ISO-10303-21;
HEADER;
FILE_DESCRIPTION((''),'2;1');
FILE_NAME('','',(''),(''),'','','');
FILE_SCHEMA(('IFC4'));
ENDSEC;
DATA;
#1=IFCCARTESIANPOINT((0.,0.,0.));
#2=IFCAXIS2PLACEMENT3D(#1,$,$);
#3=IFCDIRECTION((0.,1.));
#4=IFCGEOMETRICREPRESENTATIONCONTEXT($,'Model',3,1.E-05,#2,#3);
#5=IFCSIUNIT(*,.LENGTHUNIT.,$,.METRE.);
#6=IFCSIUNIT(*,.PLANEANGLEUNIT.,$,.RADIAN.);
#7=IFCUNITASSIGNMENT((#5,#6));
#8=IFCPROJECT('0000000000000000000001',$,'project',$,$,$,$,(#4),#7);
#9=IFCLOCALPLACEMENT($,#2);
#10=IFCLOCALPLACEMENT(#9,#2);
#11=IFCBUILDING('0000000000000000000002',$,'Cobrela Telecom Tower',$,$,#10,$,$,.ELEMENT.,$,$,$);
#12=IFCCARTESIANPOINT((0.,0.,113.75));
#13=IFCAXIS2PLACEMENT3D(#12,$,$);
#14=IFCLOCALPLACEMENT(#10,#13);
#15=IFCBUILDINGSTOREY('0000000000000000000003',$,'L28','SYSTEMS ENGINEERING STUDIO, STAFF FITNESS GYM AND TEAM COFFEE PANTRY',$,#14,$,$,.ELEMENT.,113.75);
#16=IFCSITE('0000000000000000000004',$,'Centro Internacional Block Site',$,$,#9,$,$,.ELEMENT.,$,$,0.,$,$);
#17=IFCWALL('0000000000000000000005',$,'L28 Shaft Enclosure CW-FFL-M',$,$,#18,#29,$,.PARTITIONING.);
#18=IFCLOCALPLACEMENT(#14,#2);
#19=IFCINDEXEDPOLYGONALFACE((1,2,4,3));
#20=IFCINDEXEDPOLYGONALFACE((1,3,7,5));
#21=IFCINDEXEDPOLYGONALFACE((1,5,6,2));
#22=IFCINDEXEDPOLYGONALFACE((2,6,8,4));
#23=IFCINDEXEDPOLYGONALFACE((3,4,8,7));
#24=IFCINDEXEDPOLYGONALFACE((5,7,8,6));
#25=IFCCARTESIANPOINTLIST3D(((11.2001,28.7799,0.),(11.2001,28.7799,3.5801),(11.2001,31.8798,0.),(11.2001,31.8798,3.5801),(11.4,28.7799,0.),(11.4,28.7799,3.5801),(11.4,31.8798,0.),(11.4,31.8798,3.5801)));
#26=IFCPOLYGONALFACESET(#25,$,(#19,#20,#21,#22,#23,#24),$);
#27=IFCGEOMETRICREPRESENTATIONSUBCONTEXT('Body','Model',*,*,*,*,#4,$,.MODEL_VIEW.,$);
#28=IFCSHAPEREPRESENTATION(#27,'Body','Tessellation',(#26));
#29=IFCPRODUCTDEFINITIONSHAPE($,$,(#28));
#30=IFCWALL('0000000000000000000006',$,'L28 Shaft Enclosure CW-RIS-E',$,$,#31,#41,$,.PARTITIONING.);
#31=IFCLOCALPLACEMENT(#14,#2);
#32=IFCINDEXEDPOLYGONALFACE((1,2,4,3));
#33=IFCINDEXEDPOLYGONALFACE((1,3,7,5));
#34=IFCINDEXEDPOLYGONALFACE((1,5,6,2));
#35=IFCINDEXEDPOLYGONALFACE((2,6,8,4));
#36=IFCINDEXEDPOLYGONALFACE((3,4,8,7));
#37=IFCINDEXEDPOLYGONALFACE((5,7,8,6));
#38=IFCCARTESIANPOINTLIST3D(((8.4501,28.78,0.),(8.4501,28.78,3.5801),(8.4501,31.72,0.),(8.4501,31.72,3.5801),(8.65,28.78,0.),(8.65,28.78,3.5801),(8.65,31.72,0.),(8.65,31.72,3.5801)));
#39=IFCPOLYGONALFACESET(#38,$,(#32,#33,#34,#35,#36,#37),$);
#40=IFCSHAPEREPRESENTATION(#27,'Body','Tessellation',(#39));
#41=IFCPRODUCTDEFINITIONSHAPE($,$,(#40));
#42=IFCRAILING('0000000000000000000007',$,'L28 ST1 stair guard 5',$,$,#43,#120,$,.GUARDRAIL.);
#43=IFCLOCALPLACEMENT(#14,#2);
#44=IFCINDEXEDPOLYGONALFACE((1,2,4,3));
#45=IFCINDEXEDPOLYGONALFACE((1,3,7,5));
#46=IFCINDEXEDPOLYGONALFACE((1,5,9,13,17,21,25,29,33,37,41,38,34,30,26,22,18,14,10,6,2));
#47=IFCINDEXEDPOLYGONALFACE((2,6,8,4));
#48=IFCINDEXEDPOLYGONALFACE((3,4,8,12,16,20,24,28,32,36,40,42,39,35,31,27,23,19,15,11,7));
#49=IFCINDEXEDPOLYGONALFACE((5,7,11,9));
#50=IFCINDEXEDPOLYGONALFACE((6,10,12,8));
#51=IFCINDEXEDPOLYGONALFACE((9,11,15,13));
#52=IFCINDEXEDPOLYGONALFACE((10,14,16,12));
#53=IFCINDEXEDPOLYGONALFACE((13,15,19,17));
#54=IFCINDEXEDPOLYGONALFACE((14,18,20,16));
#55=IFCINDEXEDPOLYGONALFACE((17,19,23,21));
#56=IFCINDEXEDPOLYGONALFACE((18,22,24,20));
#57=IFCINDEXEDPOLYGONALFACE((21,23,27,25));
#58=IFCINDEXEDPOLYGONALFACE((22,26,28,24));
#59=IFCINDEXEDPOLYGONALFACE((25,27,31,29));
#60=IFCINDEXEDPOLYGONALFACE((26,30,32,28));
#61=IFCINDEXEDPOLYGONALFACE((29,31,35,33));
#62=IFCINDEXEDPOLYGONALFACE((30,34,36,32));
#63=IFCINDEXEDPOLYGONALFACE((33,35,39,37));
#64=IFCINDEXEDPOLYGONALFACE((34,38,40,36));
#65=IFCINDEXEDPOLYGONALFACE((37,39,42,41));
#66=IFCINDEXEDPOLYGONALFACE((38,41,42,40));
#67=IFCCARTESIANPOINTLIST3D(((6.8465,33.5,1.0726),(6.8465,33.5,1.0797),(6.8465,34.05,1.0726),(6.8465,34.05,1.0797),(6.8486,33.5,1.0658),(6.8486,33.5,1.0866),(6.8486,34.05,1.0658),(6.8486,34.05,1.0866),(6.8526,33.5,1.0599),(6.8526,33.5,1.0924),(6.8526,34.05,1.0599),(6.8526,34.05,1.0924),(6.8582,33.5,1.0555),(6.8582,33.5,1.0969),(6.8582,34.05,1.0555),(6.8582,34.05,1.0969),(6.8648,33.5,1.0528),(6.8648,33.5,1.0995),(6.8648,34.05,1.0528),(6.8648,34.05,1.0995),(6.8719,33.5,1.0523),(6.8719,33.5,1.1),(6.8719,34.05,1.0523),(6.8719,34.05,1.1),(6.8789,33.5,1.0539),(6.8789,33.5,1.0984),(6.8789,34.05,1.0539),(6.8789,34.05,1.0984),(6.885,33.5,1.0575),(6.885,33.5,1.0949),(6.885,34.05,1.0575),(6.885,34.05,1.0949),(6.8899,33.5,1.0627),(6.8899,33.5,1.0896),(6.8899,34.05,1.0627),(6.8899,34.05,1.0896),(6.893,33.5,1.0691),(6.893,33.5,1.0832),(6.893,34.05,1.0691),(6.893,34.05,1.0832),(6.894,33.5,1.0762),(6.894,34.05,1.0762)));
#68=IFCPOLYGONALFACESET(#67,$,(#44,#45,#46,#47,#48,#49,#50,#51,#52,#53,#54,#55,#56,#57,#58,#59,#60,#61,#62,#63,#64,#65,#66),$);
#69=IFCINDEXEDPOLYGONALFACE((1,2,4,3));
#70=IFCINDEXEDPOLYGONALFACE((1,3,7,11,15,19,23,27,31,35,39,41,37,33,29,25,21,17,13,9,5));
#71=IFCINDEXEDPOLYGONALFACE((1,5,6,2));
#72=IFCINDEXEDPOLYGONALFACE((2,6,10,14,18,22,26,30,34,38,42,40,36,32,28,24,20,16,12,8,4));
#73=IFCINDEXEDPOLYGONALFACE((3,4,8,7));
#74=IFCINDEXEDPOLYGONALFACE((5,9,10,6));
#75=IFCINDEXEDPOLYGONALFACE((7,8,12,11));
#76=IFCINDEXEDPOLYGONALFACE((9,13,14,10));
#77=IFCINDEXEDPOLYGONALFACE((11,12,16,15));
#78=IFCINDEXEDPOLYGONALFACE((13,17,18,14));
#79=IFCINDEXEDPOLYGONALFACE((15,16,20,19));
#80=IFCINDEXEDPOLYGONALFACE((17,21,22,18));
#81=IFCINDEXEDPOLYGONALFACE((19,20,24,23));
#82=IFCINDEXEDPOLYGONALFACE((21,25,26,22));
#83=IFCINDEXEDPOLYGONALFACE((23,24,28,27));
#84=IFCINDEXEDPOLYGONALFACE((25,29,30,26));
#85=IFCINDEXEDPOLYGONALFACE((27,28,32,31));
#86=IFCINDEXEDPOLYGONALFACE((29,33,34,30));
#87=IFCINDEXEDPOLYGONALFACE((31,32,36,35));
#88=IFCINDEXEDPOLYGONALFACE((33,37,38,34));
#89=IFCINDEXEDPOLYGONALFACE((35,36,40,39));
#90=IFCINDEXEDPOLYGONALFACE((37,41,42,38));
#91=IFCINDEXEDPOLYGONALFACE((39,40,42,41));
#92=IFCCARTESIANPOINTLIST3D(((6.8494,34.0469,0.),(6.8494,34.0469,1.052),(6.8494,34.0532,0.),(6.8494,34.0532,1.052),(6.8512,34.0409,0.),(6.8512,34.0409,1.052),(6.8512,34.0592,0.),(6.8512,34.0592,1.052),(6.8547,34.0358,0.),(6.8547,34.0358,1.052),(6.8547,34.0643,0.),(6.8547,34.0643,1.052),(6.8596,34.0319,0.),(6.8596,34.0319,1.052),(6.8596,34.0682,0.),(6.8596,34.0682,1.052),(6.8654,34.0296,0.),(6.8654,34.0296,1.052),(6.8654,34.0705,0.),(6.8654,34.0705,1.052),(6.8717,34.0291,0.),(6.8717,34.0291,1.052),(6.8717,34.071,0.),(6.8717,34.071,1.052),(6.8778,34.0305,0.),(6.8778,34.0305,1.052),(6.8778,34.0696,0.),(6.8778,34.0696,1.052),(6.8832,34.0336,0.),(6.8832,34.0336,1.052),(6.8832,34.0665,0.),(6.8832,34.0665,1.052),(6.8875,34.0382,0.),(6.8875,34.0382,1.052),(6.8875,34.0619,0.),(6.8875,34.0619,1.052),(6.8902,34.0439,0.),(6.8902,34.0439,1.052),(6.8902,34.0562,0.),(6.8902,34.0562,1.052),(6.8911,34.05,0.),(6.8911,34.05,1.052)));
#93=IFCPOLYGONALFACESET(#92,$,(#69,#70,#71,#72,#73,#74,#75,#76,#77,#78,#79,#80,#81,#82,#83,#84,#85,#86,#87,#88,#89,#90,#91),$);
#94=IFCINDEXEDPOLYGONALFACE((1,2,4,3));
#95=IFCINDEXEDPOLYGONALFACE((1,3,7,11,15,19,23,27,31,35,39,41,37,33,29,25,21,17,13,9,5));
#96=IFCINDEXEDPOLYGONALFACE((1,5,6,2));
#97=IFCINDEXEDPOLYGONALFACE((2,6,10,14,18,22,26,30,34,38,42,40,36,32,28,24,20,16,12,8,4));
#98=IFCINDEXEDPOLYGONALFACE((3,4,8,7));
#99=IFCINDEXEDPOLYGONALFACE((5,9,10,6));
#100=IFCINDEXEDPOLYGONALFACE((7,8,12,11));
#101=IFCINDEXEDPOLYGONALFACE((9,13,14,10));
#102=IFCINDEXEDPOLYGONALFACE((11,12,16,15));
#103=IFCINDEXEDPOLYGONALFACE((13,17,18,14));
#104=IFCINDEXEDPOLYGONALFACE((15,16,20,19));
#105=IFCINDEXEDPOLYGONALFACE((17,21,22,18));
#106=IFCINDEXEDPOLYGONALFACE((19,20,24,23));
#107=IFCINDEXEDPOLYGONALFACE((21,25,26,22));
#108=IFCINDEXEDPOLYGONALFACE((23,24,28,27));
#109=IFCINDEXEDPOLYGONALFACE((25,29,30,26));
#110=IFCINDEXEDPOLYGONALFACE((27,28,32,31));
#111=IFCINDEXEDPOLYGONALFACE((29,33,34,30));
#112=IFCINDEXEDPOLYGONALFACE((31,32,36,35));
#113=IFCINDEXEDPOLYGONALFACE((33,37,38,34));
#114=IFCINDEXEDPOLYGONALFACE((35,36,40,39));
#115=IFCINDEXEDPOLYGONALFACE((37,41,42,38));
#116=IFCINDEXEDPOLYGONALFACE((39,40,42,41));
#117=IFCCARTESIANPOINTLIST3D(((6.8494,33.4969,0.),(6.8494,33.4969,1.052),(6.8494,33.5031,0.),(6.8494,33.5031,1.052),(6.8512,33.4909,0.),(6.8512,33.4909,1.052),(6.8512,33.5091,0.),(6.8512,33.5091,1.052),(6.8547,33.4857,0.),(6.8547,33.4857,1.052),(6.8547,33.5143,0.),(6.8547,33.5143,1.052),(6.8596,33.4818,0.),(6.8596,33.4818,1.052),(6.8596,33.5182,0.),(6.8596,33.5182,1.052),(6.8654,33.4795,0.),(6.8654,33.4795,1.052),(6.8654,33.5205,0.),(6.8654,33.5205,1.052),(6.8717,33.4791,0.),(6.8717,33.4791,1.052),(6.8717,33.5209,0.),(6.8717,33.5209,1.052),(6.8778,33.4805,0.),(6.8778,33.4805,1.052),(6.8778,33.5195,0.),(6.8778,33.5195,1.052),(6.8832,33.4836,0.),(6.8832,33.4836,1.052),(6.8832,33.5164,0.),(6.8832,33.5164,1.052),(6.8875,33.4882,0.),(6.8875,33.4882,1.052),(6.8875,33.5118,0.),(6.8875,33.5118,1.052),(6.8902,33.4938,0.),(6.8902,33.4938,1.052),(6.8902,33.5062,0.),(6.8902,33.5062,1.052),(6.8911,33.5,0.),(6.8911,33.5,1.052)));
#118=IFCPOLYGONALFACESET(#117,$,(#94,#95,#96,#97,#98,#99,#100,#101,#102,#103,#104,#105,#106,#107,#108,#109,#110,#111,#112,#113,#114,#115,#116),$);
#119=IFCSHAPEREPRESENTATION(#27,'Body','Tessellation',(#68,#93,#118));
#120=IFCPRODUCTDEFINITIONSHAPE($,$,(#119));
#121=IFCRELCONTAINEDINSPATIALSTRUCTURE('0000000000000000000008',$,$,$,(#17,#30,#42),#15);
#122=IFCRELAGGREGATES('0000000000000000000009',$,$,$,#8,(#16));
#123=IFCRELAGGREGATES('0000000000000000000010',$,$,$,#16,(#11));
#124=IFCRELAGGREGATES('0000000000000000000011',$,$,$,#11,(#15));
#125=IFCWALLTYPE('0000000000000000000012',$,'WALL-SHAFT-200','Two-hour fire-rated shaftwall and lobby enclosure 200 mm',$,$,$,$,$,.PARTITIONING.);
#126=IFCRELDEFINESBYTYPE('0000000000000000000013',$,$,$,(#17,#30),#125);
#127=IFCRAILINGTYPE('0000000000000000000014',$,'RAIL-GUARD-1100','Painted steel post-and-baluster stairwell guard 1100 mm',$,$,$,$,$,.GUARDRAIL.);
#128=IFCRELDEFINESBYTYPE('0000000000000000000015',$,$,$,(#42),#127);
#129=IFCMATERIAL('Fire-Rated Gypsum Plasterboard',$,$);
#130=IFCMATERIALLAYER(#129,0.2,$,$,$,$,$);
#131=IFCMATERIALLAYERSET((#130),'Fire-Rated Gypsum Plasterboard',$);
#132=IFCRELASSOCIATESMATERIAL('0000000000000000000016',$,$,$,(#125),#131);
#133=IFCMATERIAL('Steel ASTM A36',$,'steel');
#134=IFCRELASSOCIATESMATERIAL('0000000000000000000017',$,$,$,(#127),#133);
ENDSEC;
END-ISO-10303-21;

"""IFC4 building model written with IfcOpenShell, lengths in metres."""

from ifc_helpers import new_model, si_unit, direction, frame, frame_2d, origin, origin_2d, place, context, subcontext, project, spatial, rectangle, circle, extrude, material, layer, layer_set, type_object, element, save


model = new_model("IFC4")

# Units and contexts
model_context = context("Model", 3, precision=1e-05, world=origin(), true_north=direction((0.0, 1.0)))
body_context = subcontext(model_context, "Body", "Model", "MODEL_VIEW")
ifc_project = project(units=[si_unit("LENGTHUNIT", "METRE"), si_unit("PLANEANGLEUNIT", "RADIAN")], contexts=[model_context])

# Site, building, storey
site_placement = place(None, origin())
site = spatial("IfcSite", under=ifc_project, at=site_placement, Name="Centro Internacional Block Site", CompositionType="ELEMENT", RefElevation=0.0)
building_placement = place(site_placement, origin())
building = spatial("IfcBuilding", under=site, at=building_placement, Name="Cobrela Telecom Tower", CompositionType="ELEMENT")
storey_placement = place(building_placement, frame((0.0, 0.0, 113.75)))
storey = spatial("IfcBuildingStorey", under=building, at=storey_placement, Name="L28", Description="SYSTEMS ENGINEERING STUDIO, STAFF FITNESS GYM AND TEAM COFFEE PANTRY", CompositionType="ELEMENT", Elevation=113.75)

# Shared definitions
ifc_material_1 = material(Name="Steel ASTM A36", Category="steel")

# Shared definitions
ifc_material_2 = material(Name="Fire-Rated Gypsum Plasterboard")

# Shared definitions
ifc_layer_1 = layer(ifc_material_2, 0.2)
ifc_layer_set_1 = layer_set([ifc_layer_1], Name="Fire-Rated Gypsum Plasterboard")
wall_type_1 = type_object("IfcWallType", Name="WALL-SHAFT-200", Description="Two-hour fire-rated shaftwall and lobby enclosure 200 mm", PredefinedType="PARTITIONING", material=ifc_layer_set_1)

# Walls
for number, where, z_axis, x_axis, name in (
    (1, (11.3, 28.78, 0.0), (0.0, 0.0, 1.0), (0.0, 1.0, 0.0), "L28 Shaft Enclosure CW-FFL-M"),
):
    element("IfcWall", number, at=place(storey_placement, frame(where, z_axis=z_axis, x_axis=x_axis)), inside=storey, type_object=wall_type_1, Name=name, PredefinedType="PARTITIONING", context=body_context, shape_type="SweptSolid", body=[
        extrude(rectangle(XDim=3.0999, YDim=0.2, at=frame_2d((1.5498, 0.0))), origin(), (0.0, 0.0, 1.0), 3.5801),
    ])
wall_1_placement = place(storey_placement, frame((8.55, 28.78, 0.0), z_axis=(0.0, 0.0, 1.0), x_axis=(0.0, 1.0, 0.0)))
element("IfcWall", 2, at=wall_1_placement, inside=storey, type_object=wall_type_1, Name="L28 Shaft Enclosure CW-RIS-E", PredefinedType="PARTITIONING", context=body_context, shape_type="SweptSolid", body=[
    extrude(rectangle(XDim=2.9399, YDim=0.2, at=frame_2d((1.47, 0.0))), origin(), (0.0, 0.0, 1.0), 3.5801),
])

# Railing
railing_type_1 = type_object("IfcRailingType", Name="RAIL-GUARD-1100", Description="Painted steel post-and-baluster stairwell guard 1100 mm", PredefinedType="GUARDRAIL", material=ifc_material_1)
railing_1_placement = place(storey_placement, frame((6.8701, 34.05, 0.0)))
element("IfcRailing", 3, at=railing_1_placement, inside=storey, type_object=railing_type_1, Name="L28 ST1 stair guard 5", PredefinedType="GUARDRAIL", context=body_context, shape_type="SweptSolid", body=[
    extrude(circle(Radius=0.0239, at=origin_2d()), frame((0.0, 0.0, 1.0762), z_axis=(0.0, -1.0, 0.0), x_axis=(1.0, 0.0, 0.0)), (0.0, 0.0, 1.0), 0.55),
    extrude(circle(Radius=0.021, at=origin_2d()), origin(), (0.0, 0.0, 1.0), 1.052),
    extrude(circle(Radius=0.021, at=origin_2d()), frame((0.0, -0.55, 0.0)), (0.0, 0.0, 1.0), 1.052),
])

save(model, "model.ifc")
